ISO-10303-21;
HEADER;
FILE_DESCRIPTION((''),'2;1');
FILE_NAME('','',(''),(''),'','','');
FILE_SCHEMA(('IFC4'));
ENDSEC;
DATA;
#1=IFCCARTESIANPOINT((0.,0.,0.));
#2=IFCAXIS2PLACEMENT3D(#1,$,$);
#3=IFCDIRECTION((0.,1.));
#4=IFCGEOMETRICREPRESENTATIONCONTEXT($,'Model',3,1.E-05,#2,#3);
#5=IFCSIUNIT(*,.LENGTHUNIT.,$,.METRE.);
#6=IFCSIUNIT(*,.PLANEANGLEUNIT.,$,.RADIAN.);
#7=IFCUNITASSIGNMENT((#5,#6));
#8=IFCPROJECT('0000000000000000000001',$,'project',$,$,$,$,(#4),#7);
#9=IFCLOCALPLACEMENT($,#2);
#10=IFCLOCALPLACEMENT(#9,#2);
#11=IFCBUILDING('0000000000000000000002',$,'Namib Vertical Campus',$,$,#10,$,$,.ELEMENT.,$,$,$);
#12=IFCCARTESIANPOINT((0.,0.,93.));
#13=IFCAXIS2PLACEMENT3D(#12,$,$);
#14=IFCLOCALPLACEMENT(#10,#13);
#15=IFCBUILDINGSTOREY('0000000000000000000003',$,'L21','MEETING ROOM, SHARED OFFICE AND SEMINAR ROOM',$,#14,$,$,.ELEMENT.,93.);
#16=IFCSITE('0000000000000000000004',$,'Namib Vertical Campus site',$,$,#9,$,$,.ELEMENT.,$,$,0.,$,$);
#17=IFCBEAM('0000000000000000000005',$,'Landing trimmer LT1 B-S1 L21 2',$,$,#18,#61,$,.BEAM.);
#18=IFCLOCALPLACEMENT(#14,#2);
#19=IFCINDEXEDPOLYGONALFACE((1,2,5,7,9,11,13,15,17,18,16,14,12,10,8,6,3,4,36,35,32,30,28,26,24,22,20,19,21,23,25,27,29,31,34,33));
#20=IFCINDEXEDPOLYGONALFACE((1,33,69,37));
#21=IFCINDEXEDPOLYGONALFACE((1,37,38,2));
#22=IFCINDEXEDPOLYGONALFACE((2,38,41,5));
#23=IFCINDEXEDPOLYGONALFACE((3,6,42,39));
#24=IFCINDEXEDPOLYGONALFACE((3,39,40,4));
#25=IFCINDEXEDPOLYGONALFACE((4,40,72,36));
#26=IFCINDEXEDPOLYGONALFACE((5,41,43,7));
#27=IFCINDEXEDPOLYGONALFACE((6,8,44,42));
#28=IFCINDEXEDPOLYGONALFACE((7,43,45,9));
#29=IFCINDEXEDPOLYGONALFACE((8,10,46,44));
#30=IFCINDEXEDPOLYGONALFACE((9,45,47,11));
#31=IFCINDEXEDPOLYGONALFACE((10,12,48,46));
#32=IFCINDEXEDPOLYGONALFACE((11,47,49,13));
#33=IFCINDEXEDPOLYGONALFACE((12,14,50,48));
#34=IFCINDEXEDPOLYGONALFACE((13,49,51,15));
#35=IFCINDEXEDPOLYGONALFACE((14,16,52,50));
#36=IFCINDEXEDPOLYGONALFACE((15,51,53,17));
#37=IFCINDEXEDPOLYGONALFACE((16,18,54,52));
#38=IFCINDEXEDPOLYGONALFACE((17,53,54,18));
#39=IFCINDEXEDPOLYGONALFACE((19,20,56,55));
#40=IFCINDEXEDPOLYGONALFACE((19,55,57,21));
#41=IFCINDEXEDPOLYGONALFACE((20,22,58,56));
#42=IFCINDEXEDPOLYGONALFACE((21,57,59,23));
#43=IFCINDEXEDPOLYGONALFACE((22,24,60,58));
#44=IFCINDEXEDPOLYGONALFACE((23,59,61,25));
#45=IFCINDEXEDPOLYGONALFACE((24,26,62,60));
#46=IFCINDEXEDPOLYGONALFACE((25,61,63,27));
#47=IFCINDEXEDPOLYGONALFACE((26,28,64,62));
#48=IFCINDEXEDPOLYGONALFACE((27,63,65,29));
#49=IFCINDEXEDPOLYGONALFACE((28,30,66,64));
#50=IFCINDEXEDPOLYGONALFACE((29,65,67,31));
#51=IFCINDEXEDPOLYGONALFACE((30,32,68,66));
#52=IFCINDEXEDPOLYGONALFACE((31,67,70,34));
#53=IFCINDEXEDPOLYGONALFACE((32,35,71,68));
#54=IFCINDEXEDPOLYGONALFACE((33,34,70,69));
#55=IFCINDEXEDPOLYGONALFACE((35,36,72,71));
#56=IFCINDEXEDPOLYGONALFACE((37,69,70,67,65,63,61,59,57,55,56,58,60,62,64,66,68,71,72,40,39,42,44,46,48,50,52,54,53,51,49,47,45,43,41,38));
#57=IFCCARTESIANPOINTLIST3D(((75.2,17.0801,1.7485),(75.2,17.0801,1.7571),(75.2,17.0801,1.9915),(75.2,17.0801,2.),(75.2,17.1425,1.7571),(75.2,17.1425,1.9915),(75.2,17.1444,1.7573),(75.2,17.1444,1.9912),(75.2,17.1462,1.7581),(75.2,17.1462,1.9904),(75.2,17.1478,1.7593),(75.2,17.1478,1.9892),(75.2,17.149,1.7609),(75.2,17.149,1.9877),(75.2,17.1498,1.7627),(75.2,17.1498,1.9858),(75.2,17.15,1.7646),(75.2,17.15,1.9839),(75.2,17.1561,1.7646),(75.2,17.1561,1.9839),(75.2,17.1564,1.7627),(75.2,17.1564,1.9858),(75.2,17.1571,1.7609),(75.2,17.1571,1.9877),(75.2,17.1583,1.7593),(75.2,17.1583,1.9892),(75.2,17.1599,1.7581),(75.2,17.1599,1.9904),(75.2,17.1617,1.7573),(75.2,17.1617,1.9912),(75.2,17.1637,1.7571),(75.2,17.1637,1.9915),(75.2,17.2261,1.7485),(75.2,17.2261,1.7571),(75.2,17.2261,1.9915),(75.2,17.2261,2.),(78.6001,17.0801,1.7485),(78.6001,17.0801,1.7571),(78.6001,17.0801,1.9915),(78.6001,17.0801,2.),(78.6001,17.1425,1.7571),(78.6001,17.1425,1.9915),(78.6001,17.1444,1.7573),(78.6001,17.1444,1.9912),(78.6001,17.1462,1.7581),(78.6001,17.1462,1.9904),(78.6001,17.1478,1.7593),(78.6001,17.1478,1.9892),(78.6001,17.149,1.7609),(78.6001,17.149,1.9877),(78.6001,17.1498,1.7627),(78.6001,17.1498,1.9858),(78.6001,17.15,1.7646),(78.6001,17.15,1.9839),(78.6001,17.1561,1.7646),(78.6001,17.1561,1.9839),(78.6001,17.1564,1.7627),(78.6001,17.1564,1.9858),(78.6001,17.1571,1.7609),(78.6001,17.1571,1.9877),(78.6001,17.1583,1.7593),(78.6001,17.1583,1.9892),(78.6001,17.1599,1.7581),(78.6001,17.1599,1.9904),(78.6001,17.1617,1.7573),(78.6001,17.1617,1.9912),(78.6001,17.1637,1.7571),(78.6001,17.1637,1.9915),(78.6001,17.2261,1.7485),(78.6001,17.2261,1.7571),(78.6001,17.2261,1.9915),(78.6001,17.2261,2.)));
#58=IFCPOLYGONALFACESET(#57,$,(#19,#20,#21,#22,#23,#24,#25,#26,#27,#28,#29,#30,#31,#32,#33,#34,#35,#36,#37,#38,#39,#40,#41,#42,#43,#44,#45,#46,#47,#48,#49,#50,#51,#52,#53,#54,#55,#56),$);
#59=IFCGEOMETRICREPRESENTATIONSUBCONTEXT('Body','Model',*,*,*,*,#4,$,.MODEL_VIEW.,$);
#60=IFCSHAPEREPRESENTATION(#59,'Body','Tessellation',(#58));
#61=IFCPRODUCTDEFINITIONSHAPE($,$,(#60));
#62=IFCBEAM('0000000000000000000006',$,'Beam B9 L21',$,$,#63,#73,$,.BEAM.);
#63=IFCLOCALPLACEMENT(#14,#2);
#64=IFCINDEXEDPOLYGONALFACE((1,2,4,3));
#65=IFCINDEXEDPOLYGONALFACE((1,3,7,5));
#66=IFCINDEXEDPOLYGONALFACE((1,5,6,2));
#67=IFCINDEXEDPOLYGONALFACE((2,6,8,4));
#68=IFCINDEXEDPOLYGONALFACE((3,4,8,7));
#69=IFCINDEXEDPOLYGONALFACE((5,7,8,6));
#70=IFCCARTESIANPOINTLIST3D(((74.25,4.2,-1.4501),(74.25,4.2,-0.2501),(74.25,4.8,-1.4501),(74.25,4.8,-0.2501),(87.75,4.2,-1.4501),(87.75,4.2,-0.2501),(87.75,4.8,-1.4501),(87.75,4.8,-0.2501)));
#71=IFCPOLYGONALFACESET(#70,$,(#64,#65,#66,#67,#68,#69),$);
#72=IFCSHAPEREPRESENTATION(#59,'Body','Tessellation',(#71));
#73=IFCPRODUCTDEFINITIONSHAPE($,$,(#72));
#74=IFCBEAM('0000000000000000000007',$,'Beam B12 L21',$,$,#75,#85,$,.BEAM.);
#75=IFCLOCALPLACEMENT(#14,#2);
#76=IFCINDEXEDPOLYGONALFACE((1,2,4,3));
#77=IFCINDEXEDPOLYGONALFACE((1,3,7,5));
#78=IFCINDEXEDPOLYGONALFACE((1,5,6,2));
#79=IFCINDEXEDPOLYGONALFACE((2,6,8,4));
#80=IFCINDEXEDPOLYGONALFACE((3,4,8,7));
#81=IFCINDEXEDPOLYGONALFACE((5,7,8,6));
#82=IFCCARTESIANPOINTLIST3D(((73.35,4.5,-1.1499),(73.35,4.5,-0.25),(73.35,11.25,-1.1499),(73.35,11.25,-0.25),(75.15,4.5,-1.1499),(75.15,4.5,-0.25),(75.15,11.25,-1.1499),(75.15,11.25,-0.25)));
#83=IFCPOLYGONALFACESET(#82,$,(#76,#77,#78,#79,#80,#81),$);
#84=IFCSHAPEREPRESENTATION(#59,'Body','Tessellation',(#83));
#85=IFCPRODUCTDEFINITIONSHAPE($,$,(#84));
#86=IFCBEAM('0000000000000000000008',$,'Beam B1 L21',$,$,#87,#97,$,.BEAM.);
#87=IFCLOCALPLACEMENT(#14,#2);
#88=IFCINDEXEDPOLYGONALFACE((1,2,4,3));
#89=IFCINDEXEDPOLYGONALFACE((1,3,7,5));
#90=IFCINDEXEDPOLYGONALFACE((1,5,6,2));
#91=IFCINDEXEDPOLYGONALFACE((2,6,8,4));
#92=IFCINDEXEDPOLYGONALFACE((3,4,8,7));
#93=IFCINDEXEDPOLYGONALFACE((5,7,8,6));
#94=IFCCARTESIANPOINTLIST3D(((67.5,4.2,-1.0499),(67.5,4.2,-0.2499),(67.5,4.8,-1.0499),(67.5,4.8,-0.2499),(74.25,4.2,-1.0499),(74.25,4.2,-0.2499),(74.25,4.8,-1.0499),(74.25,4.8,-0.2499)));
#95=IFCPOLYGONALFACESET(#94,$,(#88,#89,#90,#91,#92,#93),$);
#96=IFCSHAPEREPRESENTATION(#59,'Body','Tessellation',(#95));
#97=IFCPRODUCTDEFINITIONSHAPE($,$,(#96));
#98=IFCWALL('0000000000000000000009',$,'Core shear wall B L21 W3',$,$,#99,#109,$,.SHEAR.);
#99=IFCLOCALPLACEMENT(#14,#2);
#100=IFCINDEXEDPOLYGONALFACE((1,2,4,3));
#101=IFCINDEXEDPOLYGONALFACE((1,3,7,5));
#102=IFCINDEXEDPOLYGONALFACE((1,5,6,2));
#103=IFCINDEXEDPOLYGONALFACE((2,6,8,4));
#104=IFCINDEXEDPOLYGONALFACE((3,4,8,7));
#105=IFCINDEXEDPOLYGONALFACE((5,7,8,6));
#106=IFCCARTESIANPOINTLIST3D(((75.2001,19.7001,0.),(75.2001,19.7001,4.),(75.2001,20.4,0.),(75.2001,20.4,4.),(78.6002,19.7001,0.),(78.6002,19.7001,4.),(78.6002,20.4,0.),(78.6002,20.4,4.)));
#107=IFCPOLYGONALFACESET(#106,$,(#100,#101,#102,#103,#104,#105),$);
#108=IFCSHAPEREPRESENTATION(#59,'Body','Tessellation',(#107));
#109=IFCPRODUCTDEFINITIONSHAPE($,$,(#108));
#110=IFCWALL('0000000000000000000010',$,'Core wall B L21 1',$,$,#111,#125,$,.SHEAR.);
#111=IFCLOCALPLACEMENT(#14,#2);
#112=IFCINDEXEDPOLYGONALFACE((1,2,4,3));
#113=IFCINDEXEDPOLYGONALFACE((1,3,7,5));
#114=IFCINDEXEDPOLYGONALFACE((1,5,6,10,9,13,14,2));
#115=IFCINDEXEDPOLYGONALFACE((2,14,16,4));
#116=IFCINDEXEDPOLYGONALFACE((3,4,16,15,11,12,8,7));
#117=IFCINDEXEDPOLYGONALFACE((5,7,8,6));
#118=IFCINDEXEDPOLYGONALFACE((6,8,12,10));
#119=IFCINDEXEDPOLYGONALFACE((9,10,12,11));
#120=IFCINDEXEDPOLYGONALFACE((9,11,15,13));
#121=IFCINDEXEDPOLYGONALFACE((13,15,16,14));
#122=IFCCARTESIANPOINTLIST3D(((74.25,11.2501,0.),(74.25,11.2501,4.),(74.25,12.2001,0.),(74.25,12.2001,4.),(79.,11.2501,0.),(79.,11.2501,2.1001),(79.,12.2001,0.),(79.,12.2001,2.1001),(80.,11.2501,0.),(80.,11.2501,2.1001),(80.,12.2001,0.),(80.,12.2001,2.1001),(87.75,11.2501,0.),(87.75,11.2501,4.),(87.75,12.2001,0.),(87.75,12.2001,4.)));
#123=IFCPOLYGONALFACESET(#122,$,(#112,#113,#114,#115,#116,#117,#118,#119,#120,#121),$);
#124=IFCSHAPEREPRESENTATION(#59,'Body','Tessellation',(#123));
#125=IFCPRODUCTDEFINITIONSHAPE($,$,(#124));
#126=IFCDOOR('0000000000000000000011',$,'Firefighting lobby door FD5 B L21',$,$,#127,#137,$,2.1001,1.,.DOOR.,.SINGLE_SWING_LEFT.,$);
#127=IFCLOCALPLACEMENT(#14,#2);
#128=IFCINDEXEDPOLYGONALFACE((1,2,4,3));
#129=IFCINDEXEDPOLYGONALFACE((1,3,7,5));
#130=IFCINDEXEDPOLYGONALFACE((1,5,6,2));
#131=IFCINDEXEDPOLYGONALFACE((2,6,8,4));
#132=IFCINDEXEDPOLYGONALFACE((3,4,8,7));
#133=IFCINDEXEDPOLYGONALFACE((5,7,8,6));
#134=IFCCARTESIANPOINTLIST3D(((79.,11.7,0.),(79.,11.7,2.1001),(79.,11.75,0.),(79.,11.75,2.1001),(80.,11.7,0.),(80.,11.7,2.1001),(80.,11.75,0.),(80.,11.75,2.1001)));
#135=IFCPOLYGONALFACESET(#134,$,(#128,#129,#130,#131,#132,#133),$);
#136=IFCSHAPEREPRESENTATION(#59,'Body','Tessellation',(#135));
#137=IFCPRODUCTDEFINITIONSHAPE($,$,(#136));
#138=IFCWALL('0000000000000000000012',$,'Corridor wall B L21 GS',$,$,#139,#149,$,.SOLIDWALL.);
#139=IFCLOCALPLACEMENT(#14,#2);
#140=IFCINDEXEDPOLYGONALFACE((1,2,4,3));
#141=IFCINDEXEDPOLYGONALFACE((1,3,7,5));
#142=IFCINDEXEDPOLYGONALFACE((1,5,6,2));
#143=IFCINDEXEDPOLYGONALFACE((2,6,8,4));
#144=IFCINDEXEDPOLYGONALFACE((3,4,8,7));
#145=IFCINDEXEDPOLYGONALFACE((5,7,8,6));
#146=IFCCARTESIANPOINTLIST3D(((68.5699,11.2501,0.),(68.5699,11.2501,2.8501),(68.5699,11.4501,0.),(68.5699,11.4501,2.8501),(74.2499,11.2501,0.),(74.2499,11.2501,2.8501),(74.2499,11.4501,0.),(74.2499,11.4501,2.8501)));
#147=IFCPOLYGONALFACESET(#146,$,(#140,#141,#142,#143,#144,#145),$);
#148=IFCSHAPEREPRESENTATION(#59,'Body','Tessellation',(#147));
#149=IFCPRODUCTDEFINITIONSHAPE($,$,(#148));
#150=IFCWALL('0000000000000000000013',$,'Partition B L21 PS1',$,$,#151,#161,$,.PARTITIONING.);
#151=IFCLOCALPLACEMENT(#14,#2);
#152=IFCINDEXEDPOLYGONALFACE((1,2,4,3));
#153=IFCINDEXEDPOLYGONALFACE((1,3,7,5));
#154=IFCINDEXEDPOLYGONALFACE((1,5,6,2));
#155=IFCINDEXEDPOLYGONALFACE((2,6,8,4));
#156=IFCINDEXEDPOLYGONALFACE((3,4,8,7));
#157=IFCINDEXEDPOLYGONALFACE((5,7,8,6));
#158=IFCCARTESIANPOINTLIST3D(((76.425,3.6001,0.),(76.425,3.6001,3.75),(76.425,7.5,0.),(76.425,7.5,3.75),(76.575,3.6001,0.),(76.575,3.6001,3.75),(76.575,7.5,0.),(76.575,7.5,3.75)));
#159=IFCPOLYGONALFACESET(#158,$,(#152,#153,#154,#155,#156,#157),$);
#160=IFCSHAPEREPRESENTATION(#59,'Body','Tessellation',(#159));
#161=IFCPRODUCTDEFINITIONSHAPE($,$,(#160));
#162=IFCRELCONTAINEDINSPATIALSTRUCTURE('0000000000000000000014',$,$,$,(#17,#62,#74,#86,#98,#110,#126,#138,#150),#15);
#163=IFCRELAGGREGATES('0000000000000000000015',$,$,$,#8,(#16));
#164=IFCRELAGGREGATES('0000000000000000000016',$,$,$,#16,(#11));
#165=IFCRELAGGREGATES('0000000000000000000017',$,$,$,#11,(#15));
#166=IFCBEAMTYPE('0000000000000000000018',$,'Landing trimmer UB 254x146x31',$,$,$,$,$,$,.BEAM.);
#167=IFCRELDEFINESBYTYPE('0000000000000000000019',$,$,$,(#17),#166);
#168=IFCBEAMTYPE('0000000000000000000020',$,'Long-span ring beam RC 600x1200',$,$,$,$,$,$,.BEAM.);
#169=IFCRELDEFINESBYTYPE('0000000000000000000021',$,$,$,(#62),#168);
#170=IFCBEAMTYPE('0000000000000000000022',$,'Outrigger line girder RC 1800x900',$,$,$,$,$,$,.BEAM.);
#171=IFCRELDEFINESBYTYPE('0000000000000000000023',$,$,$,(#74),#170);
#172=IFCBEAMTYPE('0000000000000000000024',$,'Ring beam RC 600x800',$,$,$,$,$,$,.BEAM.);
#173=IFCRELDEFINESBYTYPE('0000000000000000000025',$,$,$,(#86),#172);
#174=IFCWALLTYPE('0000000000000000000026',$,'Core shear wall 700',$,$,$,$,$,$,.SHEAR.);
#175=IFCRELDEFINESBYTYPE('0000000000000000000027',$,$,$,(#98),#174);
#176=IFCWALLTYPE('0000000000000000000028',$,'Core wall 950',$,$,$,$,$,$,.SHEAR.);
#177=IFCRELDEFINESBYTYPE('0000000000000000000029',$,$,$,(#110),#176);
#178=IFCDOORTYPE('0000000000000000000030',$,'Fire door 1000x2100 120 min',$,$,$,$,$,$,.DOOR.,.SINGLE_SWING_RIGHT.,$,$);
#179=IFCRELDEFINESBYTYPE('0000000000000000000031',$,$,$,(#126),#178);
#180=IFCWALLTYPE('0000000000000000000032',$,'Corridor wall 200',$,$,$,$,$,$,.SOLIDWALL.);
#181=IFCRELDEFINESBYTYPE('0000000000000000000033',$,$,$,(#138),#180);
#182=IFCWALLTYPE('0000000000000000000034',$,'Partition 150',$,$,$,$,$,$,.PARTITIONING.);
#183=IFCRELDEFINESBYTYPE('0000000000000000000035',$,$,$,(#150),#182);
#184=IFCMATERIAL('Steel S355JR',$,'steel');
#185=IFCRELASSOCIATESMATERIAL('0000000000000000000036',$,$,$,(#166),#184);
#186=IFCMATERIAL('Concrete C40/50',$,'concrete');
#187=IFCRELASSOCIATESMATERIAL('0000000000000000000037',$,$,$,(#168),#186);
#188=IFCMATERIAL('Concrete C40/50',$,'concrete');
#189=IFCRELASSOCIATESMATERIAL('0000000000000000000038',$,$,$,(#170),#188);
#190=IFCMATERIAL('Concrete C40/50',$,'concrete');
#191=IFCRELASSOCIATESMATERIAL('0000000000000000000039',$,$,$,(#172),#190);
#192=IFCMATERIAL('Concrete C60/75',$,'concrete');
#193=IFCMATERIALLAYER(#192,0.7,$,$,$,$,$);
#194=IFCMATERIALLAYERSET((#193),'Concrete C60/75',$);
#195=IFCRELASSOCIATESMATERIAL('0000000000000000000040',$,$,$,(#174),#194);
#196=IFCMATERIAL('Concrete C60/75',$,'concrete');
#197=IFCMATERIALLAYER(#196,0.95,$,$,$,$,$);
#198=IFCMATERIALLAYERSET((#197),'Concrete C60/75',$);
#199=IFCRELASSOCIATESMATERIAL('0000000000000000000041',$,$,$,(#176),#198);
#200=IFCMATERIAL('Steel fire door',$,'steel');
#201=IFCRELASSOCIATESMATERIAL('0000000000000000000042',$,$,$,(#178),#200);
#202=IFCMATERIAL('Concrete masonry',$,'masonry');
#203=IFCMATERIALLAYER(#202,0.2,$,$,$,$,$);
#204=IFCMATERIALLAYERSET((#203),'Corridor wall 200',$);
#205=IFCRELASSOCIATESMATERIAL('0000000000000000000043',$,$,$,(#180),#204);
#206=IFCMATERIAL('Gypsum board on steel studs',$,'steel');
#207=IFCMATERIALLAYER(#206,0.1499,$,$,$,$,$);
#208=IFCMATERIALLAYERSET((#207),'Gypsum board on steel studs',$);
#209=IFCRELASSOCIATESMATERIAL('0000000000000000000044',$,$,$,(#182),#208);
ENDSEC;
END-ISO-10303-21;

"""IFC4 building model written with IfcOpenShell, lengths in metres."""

from ifc_helpers import new_model, si_unit, direction, frame, frame_2d, origin, origin_2d, place, context, subcontext, project, spatial, rectangle, i_section, extrude, material, layer, layer_set, material_profile, profile_set, type_object, element, fill, save


model = new_model("IFC4")

# Units and contexts
model_context = context("Model", 3, precision=1e-05, world=origin(), true_north=direction((0.0, 1.0)))
body_context = subcontext(model_context, "Body", "Model", "MODEL_VIEW")
ifc_project = project(units=[si_unit("LENGTHUNIT", "METRE"), si_unit("PLANEANGLEUNIT", "RADIAN")], contexts=[model_context])

# Site, building, storey
site_placement = place(None, origin())
site = spatial("IfcSite", under=ifc_project, at=site_placement, Name="Namib Vertical Campus site", CompositionType="ELEMENT", RefElevation=0.0)
building_placement = place(site_placement, origin())
building = spatial("IfcBuilding", under=site, at=building_placement, Name="Namib Vertical Campus", CompositionType="ELEMENT")
storey_placement = place(building_placement, frame((0.0, 0.0, 93.0)))
storey = spatial("IfcBuildingStorey", under=building, at=storey_placement, Name="L21", Description="MEETING ROOM, SHARED OFFICE AND SEMINAR ROOM", CompositionType="ELEMENT", Elevation=93.0)

# Beams
ifc_material_1 = material(Name="Steel S355JR", Category="steel")
ifc_material_profile_1 = material_profile(ifc_material_1, i_section(OverallWidth=0.146, OverallDepth=0.2515, WebThickness=0.0061, FlangeThickness=0.0085, FilletRadius=0.0076, at=origin_2d()))
ifc_profile_set_1 = profile_set([ifc_material_profile_1], Name="Steel S355JR")
beam_type_1 = type_object("IfcBeamType", Name="Landing trimmer UB 254x146x31", PredefinedType="BEAM", material=ifc_profile_set_1)
for number, where, z_axis, x_axis, name in (
    (1, (75.2, 17.1531, 1.8743), (1.0, 0.0, 0.0), (0.0, 1.0, 0.0), "Landing trimmer LT1 B-S1 L21 2"),
):
    element("IfcBeam", number, at=place(storey_placement, frame(where, z_axis=z_axis, x_axis=x_axis)), inside=storey, type_object=beam_type_1, Name=name, PredefinedType="BEAM", context=body_context, shape_type="SweptSolid", body=[
        extrude(i_section(OverallWidth=0.146, OverallDepth=0.2515, WebThickness=0.0061, FlangeThickness=0.0085, FilletRadius=0.0076, at=origin_2d()), origin(), (0.0, 0.0, 1.0), 3.4001),
    ])
ifc_material_2 = material(Name="Concrete C40/50", Category="concrete")
ifc_material_profile_2 = material_profile(ifc_material_2, rectangle(XDim=0.6001, YDim=1.2, at=origin_2d()))
ifc_profile_set_2 = profile_set([ifc_material_profile_2], Name="Concrete C40/50")
beam_type_2 = type_object("IfcBeamType", Name="Long-span ring beam RC 600x1200", PredefinedType="BEAM", material=ifc_profile_set_2)
beam_1_placement = place(storey_placement, frame((74.25, 4.5, -0.8501), z_axis=(1.0, 0.0, 0.0), x_axis=(0.0, 1.0, 0.0)))
element("IfcBeam", 2, at=beam_1_placement, inside=storey, type_object=beam_type_2, Name="Beam B9 L21", PredefinedType="BEAM", context=body_context, shape_type="SweptSolid", body=[
    extrude(rectangle(XDim=0.6001, YDim=1.2, at=origin_2d()), origin(), (0.0, 0.0, 1.0), 13.5),
])
ifc_material_3 = material(Name="Concrete C40/50", Category="concrete")
ifc_material_profile_3 = material_profile(ifc_material_3, rectangle(XDim=1.8, YDim=0.8999, at=origin_2d()))
ifc_profile_set_3 = profile_set([ifc_material_profile_3], Name="Concrete C40/50")
beam_type_3 = type_object("IfcBeamType", Name="Outrigger line girder RC 1800x900", PredefinedType="BEAM", material=ifc_profile_set_3)
beam_2_placement = place(storey_placement, frame((74.25, 4.5, -0.7), z_axis=(0.0, 1.0, 0.0), x_axis=(-1.0, 0.0, 0.0)))
element("IfcBeam", 3, at=beam_2_placement, inside=storey, type_object=beam_type_3, Name="Beam B12 L21", PredefinedType="BEAM", context=body_context, shape_type="SweptSolid", body=[
    extrude(rectangle(XDim=1.8, YDim=0.8999, at=origin_2d()), origin(), (0.0, 0.0, 1.0), 6.75),
])
ifc_material_4 = material(Name="Concrete C40/50", Category="concrete")
ifc_material_profile_4 = material_profile(ifc_material_4, rectangle(XDim=0.6001, YDim=0.8, at=origin_2d()))
ifc_profile_set_4 = profile_set([ifc_material_profile_4], Name="Concrete C40/50")
beam_type_4 = type_object("IfcBeamType", Name="Ring beam RC 600x800", PredefinedType="BEAM", material=ifc_profile_set_4)
beam_3_placement = place(storey_placement, frame((67.5, 4.5, -0.6499), z_axis=(1.0, 0.0, 0.0), x_axis=(0.0, 1.0, 0.0)))
element("IfcBeam", 4, at=beam_3_placement, inside=storey, type_object=beam_type_4, Name="Beam B1 L21", PredefinedType="BEAM", context=body_context, shape_type="SweptSolid", body=[
    extrude(rectangle(XDim=0.6001, YDim=0.8, at=origin_2d()), origin(), (0.0, 0.0, 1.0), 6.75),
])

# Wall
ifc_material_5 = material(Name="Concrete C60/75", Category="concrete")
ifc_layer_1 = layer(ifc_material_5, 0.7)
ifc_layer_set_1 = layer_set([ifc_layer_1], Name="Concrete C60/75")
wall_type_1 = type_object("IfcWallType", Name="Core shear wall 700", PredefinedType="SHEAR", material=ifc_layer_set_1)
wall_1_placement = place(storey_placement, frame((75.2, 20.05, 0.0), z_axis=(0.0, 0.0, 1.0), x_axis=(1.0, 0.0, 0.0)))
element("IfcWall", 5, at=wall_1_placement, inside=storey, type_object=wall_type_1, Name="Core shear wall B L21 W3", PredefinedType="SHEAR", context=body_context, shape_type="SweptSolid", body=[
    extrude(rectangle(XDim=3.4001, YDim=0.7, at=frame_2d((1.7002, 0.0))), origin(), (0.0, 0.0, 1.0), 4.0),
])

# Wall, opening, door
ifc_material_6 = material(Name="Concrete C60/75", Category="concrete")
ifc_layer_2 = layer(ifc_material_6, 0.95)
ifc_layer_set_2 = layer_set([ifc_layer_2], Name="Concrete C60/75")
wall_type_2 = type_object("IfcWallType", Name="Core wall 950", PredefinedType="SHEAR", material=ifc_layer_set_2)
wall_2_placement = place(storey_placement, frame((74.25, 11.7251, 0.0), z_axis=(0.0, 0.0, 1.0), x_axis=(1.0, 0.0, 0.0)))
wall_2 = element("IfcWall", 6, at=wall_2_placement, inside=storey, type_object=wall_type_2, Name="Core wall B L21 1", PredefinedType="SHEAR", context=body_context, shape_type="SweptSolid", body=[
    extrude(rectangle(XDim=13.5, YDim=0.95, at=frame_2d((6.75, 0.0))), origin(), (0.0, 0.0, 1.0), 4.0),
])
opening_placement = place(wall_2_placement, frame((4.75, 0.0, 0.0)))
opening = element("IfcOpeningElement", 7, at=opening_placement, cuts=wall_2, PredefinedType="OPENING", context=body_context, shape_type="SweptSolid", body=[
    extrude(rectangle(XDim=1.0, YDim=2.1001, at=frame_2d((0.5, 1.05))), frame((0.0, 0.4849, 0.0), z_axis=(0.0, -1.0, 0.0), x_axis=(1.0, 0.0, 0.0)), (0.0, 0.0, 1.0), 0.97),
])
ifc_material_7 = material(Name="Steel fire door", Category="steel")
door_type = type_object("IfcDoorType", Name="Fire door 1000x2100 120 min", OperationType="SINGLE_SWING_RIGHT", PredefinedType="DOOR", material=ifc_material_7)
door_placement = place(opening_placement, origin())
door = element("IfcDoor", 8, at=door_placement, inside=storey, type_object=door_type, Name="Firefighting lobby door FD5 B L21", OperationType="SINGLE_SWING_LEFT", OverallHeight=2.1001, OverallWidth=1.0, PredefinedType="DOOR", context=body_context, shape_type="SweptSolid", body=[
    extrude(rectangle(XDim=1.0, YDim=2.1001, at=frame_2d((0.5, 1.05))), frame((0.0, 0.0249, 0.0), z_axis=(0.0, -1.0, 0.0), x_axis=(1.0, 0.0, 0.0)), (0.0, 0.0, 1.0), 0.05),
])
fill(opening, door)

# Walls
ifc_material_8 = material(Name="Concrete masonry", Category="masonry")
ifc_layer_3 = layer(ifc_material_8, 0.2)
ifc_layer_set_3 = layer_set([ifc_layer_3], Name="Corridor wall 200")
wall_type_3 = type_object("IfcWallType", Name="Corridor wall 200", PredefinedType="SOLIDWALL", material=ifc_layer_set_3)
wall_3_placement = place(storey_placement, frame((68.5701, 11.3501, 0.0), z_axis=(0.0, 0.0, 1.0), x_axis=(1.0, 0.0, 0.0)))
element("IfcWall", 9, at=wall_3_placement, inside=storey, type_object=wall_type_3, Name="Corridor wall B L21 GS", PredefinedType="SOLIDWALL", context=body_context, shape_type="SweptSolid", body=[
    extrude(rectangle(XDim=5.6799, YDim=0.2, at=frame_2d((2.8398, 0.0))), origin(), (0.0, 0.0, 1.0), 2.8501),
])
ifc_material_9 = material(Name="Gypsum board on steel studs", Category="steel")
ifc_layer_4 = layer(ifc_material_9, 0.1499)
ifc_layer_set_4 = layer_set([ifc_layer_4], Name="Gypsum board on steel studs")
wall_type_4 = type_object("IfcWallType", Name="Partition 150", PredefinedType="PARTITIONING", material=ifc_layer_set_4)
wall_4_placement = place(storey_placement, frame((76.5, 3.6001, 0.0), z_axis=(0.0, 0.0, 1.0), x_axis=(0.0, 1.0, 0.0)))
element("IfcWall", 10, at=wall_4_placement, inside=storey, type_object=wall_type_4, Name="Partition B L21 PS1", PredefinedType="PARTITIONING", context=body_context, shape_type="SweptSolid", body=[
    extrude(rectangle(XDim=3.8999, YDim=0.1499, at=frame_2d((1.95, 0.0))), origin(), (0.0, 0.0, 1.0), 3.75),
])

save(model, "model.ifc")
